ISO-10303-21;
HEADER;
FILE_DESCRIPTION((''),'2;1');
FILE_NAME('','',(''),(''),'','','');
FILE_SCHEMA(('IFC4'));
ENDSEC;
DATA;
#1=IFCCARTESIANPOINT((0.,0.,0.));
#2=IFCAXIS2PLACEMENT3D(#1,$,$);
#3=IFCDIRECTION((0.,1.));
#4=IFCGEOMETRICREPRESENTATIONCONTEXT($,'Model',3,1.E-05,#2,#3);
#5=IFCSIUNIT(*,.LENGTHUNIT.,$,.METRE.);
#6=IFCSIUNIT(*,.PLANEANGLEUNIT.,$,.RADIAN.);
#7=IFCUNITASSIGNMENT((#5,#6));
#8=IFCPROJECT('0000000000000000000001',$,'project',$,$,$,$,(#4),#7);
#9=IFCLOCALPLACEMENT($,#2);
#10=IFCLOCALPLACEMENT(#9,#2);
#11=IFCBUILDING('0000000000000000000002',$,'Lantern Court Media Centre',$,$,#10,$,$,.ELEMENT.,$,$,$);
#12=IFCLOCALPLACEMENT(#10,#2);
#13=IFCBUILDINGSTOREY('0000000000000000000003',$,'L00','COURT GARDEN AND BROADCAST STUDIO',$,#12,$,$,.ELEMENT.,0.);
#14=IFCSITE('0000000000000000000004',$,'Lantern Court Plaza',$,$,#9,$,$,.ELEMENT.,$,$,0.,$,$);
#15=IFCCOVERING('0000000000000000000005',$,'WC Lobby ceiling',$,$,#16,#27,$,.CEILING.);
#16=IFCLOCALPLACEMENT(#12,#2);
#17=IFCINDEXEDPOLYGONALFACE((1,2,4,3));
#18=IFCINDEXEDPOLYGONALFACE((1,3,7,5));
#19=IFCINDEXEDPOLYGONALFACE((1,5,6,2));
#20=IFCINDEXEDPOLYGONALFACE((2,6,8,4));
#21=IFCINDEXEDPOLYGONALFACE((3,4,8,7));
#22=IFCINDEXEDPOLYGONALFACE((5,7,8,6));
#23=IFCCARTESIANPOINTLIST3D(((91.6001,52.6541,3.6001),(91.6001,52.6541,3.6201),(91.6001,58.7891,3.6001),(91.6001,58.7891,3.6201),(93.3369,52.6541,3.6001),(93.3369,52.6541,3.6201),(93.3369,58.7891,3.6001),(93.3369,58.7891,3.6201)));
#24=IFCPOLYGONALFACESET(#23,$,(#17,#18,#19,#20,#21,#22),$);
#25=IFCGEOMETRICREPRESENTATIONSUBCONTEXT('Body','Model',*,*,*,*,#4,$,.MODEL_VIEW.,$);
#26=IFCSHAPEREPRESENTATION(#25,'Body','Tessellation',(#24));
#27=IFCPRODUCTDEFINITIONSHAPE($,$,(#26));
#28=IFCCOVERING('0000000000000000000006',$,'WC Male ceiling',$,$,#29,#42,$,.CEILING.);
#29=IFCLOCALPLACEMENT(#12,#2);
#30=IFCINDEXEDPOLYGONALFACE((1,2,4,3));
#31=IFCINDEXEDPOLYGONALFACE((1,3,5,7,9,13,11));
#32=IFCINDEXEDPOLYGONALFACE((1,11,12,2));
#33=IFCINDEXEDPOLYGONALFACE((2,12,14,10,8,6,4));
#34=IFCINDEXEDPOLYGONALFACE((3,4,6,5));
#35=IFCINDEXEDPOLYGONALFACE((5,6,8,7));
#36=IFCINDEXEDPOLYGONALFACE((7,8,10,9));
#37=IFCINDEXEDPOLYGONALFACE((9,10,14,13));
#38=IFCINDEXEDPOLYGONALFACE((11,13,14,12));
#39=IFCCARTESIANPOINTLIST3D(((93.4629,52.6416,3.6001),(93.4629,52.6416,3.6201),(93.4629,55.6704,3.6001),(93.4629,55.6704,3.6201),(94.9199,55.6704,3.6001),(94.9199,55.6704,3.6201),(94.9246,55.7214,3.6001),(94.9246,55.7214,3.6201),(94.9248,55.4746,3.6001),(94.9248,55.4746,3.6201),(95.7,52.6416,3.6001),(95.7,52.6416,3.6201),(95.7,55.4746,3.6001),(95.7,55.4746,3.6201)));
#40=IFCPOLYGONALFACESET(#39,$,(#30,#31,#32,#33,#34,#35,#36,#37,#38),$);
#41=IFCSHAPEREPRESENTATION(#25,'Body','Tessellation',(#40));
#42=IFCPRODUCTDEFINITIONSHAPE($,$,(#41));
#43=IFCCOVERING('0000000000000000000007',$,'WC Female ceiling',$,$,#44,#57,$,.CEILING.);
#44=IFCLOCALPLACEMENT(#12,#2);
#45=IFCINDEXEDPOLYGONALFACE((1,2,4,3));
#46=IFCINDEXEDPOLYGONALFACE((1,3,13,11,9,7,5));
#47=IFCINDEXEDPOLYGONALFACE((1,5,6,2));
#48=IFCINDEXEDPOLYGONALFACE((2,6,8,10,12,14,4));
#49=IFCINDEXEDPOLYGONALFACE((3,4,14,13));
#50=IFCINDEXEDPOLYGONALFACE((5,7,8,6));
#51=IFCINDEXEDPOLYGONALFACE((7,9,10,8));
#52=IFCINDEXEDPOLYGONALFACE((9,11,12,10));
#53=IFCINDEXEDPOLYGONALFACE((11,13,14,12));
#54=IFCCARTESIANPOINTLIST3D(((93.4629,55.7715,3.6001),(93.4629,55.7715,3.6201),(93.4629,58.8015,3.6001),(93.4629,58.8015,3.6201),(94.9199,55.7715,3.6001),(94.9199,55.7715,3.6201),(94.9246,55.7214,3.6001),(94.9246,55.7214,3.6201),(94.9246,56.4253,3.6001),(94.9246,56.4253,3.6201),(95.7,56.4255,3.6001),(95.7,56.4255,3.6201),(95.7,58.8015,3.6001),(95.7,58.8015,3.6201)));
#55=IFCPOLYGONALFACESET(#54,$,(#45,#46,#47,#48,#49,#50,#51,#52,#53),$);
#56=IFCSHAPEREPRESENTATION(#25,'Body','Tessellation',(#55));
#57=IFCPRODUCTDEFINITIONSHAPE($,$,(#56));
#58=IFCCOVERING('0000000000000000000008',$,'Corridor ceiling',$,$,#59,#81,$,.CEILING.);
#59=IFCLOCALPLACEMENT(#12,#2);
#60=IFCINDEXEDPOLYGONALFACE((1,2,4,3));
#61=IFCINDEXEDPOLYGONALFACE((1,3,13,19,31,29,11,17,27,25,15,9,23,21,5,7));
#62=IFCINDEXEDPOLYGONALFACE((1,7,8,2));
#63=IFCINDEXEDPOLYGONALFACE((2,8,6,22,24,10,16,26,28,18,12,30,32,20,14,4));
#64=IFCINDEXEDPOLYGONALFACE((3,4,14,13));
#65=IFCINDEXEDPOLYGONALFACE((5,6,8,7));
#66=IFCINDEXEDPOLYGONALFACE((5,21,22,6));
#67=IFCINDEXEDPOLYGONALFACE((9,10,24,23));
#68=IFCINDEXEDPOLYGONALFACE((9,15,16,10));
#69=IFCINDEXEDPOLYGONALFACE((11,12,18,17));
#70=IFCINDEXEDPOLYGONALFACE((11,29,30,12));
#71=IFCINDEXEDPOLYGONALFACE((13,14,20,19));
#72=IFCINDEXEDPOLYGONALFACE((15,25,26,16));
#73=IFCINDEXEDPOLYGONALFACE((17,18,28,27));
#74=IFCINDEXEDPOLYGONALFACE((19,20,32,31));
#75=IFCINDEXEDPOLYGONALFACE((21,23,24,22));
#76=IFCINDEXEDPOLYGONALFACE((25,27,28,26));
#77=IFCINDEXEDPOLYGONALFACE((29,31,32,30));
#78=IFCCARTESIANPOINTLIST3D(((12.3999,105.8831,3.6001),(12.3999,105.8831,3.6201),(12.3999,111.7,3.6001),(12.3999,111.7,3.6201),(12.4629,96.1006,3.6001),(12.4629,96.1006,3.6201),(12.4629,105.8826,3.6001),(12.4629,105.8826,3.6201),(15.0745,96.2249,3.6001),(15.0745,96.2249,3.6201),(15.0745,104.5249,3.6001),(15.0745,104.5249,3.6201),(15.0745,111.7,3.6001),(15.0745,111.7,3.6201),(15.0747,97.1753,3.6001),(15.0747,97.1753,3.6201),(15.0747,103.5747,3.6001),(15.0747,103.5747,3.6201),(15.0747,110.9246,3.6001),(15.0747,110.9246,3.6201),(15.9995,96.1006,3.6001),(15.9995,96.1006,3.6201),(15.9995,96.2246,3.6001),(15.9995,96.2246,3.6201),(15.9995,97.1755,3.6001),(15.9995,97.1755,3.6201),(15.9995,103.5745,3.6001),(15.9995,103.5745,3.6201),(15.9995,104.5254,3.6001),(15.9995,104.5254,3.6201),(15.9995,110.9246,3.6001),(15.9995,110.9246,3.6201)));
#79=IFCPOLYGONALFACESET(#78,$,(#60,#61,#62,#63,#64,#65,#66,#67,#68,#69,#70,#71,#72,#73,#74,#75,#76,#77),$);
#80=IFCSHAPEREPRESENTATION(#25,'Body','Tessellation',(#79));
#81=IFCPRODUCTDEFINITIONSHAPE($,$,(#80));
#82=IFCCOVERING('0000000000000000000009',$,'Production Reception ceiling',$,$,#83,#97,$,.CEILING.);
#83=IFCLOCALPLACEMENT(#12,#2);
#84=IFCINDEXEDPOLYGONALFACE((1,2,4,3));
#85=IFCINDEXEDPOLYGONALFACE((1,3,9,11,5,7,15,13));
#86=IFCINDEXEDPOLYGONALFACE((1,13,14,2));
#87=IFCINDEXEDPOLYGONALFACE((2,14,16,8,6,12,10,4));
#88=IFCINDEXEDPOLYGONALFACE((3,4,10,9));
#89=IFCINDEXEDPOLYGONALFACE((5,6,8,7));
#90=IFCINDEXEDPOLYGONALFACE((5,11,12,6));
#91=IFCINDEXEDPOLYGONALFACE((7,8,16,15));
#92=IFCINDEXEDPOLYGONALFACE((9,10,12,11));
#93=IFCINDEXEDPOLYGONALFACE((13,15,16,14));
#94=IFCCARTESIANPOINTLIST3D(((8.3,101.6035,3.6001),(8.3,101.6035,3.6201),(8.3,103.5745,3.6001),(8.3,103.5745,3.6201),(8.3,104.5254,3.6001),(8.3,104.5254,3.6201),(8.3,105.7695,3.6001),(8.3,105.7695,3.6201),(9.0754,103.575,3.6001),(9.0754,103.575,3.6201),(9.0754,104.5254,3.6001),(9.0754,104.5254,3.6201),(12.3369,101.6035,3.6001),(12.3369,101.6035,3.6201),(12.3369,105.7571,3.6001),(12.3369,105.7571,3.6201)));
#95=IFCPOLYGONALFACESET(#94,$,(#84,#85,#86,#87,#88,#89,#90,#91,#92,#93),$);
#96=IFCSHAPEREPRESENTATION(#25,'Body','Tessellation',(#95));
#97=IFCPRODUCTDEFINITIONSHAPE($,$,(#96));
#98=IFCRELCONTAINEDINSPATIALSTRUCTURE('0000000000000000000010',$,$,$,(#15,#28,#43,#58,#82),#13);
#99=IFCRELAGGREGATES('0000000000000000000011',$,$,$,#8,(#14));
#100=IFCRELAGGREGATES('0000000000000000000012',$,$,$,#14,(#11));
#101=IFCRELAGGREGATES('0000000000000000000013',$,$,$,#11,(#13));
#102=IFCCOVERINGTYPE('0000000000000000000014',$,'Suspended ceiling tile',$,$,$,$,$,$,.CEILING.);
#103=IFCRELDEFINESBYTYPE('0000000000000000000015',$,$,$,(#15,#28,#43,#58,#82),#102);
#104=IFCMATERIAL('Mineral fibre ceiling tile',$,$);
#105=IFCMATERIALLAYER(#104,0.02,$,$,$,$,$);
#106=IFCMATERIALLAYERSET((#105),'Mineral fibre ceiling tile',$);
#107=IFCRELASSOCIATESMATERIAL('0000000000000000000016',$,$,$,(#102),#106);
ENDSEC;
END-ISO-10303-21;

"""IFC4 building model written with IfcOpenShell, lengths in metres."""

from ifc_helpers import new_model, si_unit, direction, frame, origin, place, context, subcontext, project, spatial, polyline, outline, extrude, material, layer, layer_set, type_object, element, save


model = new_model("IFC4")

# Units and contexts
model_context = context("Model", 3, precision=1e-05, world=origin(), true_north=direction((0.0, 1.0)))
body_context = subcontext(model_context, "Body", "Model", "MODEL_VIEW")
ifc_project = project(units=[si_unit("LENGTHUNIT", "METRE"), si_unit("PLANEANGLEUNIT", "RADIAN")], contexts=[model_context])

# Site, building, storey
site_placement = place(None, origin())
site = spatial("IfcSite", under=ifc_project, at=site_placement, Name="Lantern Court Plaza", CompositionType="ELEMENT", RefElevation=0.0)
building_placement = place(site_placement, origin())
building = spatial("IfcBuilding", under=site, at=building_placement, Name="Lantern Court Media Centre", CompositionType="ELEMENT")
storey_placement = place(building_placement, origin())
storey = spatial("IfcBuildingStorey", under=building, at=storey_placement, Name="L00", Description="COURT GARDEN AND BROADCAST STUDIO", CompositionType="ELEMENT", Elevation=0.0)

# Coverings
ifc_material_1 = material(Name="Mineral fibre ceiling tile")
ifc_layer_1 = layer(ifc_material_1, 0.02)
ifc_layer_set_1 = layer_set([ifc_layer_1], Name="Mineral fibre ceiling tile")
covering_type_1 = type_object("IfcCoveringType", Name="Suspended ceiling tile", PredefinedType="CEILING", material=ifc_layer_set_1)
covering_1_placement = place(storey_placement, frame((0.0, 0.0, 3.6001)))
element("IfcCovering", 1, at=covering_1_placement, inside=storey, type_object=covering_type_1, Name="WC Lobby ceiling", PredefinedType="CEILING", context=body_context, shape_type="SweptSolid", body=[
    extrude(outline(polyline([(91.6001, 58.7891), (93.3369, 58.7891), (93.3369, 52.6541), (91.6001, 52.6541), (91.6001, 58.7891)])), origin(), (0.0, 0.0, 1.0), 0.02),
])
covering_2_placement = place(storey_placement, frame((0.0, 0.0, 3.6001)))
element("IfcCovering", 2, at=covering_2_placement, inside=storey, type_object=covering_type_1, Name="WC Male ceiling", PredefinedType="CEILING", context=body_context, shape_type="SweptSolid", body=[
    extrude(outline(polyline([(95.7, 52.6416), (93.4629, 52.6416), (93.4629, 55.6704), (94.9199, 55.6704), (94.9246, 55.7214), (94.9248, 55.4746), (95.7, 55.4746), (95.7, 52.6416)])), origin(), (0.0, 0.0, 1.0), 0.02),
])
covering_3_placement = place(storey_placement, frame((0.0, 0.0, 3.6001)))
element("IfcCovering", 3, at=covering_3_placement, inside=storey, type_object=covering_type_1, Name="WC Female ceiling", PredefinedType="CEILING", context=body_context, shape_type="SweptSolid", body=[
    extrude(outline(polyline([(95.7, 56.4255), (94.9246, 56.4253), (94.9246, 55.7214), (94.9199, 55.7715), (93.4629, 55.7715), (93.4629, 58.8015), (95.7, 58.8015), (95.7, 56.4255)])), origin(), (0.0, 0.0, 1.0), 0.02),
])
covering_4_placement = place(storey_placement, frame((0.0, 0.0, 3.6001)))
element("IfcCovering", 4, at=covering_4_placement, inside=storey, type_object=covering_type_1, Name="Corridor ceiling", PredefinedType="CEILING", context=body_context, shape_type="SweptSolid", body=[
    extrude(outline(polyline([(12.3999, 111.7), (15.0745, 111.7), (15.0747, 110.9246), (15.9995, 110.9246), (15.9995, 104.5254), (15.0745, 104.5249), (15.0747, 103.5747), (15.9995, 103.5745), (15.9995, 97.1755), (15.0747, 97.1753), (15.0745, 96.2249), (15.9995, 96.2246), (15.9995, 96.1006), (12.4629, 96.1006), (12.4629, 105.8826), (12.3999, 105.8831), (12.3999, 111.7)])), origin(), (0.0, 0.0, 1.0), 0.02),
])
covering_5_placement = place(storey_placement, frame((0.0, 0.0, 3.6001)))
element("IfcCovering", 5, at=covering_5_placement, inside=storey, type_object=covering_type_1, Name="Production Reception ceiling", PredefinedType="CEILING", context=body_context, shape_type="SweptSolid", body=[
    extrude(outline(polyline([(8.3, 105.7695), (12.3369, 105.7571), (12.3369, 101.6035), (8.3, 101.6035), (8.3, 103.5745), (9.0754, 103.575), (9.0754, 104.5254), (8.3, 104.5254), (8.3, 105.7695)])), origin(), (0.0, 0.0, 1.0), 0.02),
])

save(model, "model.ifc")
